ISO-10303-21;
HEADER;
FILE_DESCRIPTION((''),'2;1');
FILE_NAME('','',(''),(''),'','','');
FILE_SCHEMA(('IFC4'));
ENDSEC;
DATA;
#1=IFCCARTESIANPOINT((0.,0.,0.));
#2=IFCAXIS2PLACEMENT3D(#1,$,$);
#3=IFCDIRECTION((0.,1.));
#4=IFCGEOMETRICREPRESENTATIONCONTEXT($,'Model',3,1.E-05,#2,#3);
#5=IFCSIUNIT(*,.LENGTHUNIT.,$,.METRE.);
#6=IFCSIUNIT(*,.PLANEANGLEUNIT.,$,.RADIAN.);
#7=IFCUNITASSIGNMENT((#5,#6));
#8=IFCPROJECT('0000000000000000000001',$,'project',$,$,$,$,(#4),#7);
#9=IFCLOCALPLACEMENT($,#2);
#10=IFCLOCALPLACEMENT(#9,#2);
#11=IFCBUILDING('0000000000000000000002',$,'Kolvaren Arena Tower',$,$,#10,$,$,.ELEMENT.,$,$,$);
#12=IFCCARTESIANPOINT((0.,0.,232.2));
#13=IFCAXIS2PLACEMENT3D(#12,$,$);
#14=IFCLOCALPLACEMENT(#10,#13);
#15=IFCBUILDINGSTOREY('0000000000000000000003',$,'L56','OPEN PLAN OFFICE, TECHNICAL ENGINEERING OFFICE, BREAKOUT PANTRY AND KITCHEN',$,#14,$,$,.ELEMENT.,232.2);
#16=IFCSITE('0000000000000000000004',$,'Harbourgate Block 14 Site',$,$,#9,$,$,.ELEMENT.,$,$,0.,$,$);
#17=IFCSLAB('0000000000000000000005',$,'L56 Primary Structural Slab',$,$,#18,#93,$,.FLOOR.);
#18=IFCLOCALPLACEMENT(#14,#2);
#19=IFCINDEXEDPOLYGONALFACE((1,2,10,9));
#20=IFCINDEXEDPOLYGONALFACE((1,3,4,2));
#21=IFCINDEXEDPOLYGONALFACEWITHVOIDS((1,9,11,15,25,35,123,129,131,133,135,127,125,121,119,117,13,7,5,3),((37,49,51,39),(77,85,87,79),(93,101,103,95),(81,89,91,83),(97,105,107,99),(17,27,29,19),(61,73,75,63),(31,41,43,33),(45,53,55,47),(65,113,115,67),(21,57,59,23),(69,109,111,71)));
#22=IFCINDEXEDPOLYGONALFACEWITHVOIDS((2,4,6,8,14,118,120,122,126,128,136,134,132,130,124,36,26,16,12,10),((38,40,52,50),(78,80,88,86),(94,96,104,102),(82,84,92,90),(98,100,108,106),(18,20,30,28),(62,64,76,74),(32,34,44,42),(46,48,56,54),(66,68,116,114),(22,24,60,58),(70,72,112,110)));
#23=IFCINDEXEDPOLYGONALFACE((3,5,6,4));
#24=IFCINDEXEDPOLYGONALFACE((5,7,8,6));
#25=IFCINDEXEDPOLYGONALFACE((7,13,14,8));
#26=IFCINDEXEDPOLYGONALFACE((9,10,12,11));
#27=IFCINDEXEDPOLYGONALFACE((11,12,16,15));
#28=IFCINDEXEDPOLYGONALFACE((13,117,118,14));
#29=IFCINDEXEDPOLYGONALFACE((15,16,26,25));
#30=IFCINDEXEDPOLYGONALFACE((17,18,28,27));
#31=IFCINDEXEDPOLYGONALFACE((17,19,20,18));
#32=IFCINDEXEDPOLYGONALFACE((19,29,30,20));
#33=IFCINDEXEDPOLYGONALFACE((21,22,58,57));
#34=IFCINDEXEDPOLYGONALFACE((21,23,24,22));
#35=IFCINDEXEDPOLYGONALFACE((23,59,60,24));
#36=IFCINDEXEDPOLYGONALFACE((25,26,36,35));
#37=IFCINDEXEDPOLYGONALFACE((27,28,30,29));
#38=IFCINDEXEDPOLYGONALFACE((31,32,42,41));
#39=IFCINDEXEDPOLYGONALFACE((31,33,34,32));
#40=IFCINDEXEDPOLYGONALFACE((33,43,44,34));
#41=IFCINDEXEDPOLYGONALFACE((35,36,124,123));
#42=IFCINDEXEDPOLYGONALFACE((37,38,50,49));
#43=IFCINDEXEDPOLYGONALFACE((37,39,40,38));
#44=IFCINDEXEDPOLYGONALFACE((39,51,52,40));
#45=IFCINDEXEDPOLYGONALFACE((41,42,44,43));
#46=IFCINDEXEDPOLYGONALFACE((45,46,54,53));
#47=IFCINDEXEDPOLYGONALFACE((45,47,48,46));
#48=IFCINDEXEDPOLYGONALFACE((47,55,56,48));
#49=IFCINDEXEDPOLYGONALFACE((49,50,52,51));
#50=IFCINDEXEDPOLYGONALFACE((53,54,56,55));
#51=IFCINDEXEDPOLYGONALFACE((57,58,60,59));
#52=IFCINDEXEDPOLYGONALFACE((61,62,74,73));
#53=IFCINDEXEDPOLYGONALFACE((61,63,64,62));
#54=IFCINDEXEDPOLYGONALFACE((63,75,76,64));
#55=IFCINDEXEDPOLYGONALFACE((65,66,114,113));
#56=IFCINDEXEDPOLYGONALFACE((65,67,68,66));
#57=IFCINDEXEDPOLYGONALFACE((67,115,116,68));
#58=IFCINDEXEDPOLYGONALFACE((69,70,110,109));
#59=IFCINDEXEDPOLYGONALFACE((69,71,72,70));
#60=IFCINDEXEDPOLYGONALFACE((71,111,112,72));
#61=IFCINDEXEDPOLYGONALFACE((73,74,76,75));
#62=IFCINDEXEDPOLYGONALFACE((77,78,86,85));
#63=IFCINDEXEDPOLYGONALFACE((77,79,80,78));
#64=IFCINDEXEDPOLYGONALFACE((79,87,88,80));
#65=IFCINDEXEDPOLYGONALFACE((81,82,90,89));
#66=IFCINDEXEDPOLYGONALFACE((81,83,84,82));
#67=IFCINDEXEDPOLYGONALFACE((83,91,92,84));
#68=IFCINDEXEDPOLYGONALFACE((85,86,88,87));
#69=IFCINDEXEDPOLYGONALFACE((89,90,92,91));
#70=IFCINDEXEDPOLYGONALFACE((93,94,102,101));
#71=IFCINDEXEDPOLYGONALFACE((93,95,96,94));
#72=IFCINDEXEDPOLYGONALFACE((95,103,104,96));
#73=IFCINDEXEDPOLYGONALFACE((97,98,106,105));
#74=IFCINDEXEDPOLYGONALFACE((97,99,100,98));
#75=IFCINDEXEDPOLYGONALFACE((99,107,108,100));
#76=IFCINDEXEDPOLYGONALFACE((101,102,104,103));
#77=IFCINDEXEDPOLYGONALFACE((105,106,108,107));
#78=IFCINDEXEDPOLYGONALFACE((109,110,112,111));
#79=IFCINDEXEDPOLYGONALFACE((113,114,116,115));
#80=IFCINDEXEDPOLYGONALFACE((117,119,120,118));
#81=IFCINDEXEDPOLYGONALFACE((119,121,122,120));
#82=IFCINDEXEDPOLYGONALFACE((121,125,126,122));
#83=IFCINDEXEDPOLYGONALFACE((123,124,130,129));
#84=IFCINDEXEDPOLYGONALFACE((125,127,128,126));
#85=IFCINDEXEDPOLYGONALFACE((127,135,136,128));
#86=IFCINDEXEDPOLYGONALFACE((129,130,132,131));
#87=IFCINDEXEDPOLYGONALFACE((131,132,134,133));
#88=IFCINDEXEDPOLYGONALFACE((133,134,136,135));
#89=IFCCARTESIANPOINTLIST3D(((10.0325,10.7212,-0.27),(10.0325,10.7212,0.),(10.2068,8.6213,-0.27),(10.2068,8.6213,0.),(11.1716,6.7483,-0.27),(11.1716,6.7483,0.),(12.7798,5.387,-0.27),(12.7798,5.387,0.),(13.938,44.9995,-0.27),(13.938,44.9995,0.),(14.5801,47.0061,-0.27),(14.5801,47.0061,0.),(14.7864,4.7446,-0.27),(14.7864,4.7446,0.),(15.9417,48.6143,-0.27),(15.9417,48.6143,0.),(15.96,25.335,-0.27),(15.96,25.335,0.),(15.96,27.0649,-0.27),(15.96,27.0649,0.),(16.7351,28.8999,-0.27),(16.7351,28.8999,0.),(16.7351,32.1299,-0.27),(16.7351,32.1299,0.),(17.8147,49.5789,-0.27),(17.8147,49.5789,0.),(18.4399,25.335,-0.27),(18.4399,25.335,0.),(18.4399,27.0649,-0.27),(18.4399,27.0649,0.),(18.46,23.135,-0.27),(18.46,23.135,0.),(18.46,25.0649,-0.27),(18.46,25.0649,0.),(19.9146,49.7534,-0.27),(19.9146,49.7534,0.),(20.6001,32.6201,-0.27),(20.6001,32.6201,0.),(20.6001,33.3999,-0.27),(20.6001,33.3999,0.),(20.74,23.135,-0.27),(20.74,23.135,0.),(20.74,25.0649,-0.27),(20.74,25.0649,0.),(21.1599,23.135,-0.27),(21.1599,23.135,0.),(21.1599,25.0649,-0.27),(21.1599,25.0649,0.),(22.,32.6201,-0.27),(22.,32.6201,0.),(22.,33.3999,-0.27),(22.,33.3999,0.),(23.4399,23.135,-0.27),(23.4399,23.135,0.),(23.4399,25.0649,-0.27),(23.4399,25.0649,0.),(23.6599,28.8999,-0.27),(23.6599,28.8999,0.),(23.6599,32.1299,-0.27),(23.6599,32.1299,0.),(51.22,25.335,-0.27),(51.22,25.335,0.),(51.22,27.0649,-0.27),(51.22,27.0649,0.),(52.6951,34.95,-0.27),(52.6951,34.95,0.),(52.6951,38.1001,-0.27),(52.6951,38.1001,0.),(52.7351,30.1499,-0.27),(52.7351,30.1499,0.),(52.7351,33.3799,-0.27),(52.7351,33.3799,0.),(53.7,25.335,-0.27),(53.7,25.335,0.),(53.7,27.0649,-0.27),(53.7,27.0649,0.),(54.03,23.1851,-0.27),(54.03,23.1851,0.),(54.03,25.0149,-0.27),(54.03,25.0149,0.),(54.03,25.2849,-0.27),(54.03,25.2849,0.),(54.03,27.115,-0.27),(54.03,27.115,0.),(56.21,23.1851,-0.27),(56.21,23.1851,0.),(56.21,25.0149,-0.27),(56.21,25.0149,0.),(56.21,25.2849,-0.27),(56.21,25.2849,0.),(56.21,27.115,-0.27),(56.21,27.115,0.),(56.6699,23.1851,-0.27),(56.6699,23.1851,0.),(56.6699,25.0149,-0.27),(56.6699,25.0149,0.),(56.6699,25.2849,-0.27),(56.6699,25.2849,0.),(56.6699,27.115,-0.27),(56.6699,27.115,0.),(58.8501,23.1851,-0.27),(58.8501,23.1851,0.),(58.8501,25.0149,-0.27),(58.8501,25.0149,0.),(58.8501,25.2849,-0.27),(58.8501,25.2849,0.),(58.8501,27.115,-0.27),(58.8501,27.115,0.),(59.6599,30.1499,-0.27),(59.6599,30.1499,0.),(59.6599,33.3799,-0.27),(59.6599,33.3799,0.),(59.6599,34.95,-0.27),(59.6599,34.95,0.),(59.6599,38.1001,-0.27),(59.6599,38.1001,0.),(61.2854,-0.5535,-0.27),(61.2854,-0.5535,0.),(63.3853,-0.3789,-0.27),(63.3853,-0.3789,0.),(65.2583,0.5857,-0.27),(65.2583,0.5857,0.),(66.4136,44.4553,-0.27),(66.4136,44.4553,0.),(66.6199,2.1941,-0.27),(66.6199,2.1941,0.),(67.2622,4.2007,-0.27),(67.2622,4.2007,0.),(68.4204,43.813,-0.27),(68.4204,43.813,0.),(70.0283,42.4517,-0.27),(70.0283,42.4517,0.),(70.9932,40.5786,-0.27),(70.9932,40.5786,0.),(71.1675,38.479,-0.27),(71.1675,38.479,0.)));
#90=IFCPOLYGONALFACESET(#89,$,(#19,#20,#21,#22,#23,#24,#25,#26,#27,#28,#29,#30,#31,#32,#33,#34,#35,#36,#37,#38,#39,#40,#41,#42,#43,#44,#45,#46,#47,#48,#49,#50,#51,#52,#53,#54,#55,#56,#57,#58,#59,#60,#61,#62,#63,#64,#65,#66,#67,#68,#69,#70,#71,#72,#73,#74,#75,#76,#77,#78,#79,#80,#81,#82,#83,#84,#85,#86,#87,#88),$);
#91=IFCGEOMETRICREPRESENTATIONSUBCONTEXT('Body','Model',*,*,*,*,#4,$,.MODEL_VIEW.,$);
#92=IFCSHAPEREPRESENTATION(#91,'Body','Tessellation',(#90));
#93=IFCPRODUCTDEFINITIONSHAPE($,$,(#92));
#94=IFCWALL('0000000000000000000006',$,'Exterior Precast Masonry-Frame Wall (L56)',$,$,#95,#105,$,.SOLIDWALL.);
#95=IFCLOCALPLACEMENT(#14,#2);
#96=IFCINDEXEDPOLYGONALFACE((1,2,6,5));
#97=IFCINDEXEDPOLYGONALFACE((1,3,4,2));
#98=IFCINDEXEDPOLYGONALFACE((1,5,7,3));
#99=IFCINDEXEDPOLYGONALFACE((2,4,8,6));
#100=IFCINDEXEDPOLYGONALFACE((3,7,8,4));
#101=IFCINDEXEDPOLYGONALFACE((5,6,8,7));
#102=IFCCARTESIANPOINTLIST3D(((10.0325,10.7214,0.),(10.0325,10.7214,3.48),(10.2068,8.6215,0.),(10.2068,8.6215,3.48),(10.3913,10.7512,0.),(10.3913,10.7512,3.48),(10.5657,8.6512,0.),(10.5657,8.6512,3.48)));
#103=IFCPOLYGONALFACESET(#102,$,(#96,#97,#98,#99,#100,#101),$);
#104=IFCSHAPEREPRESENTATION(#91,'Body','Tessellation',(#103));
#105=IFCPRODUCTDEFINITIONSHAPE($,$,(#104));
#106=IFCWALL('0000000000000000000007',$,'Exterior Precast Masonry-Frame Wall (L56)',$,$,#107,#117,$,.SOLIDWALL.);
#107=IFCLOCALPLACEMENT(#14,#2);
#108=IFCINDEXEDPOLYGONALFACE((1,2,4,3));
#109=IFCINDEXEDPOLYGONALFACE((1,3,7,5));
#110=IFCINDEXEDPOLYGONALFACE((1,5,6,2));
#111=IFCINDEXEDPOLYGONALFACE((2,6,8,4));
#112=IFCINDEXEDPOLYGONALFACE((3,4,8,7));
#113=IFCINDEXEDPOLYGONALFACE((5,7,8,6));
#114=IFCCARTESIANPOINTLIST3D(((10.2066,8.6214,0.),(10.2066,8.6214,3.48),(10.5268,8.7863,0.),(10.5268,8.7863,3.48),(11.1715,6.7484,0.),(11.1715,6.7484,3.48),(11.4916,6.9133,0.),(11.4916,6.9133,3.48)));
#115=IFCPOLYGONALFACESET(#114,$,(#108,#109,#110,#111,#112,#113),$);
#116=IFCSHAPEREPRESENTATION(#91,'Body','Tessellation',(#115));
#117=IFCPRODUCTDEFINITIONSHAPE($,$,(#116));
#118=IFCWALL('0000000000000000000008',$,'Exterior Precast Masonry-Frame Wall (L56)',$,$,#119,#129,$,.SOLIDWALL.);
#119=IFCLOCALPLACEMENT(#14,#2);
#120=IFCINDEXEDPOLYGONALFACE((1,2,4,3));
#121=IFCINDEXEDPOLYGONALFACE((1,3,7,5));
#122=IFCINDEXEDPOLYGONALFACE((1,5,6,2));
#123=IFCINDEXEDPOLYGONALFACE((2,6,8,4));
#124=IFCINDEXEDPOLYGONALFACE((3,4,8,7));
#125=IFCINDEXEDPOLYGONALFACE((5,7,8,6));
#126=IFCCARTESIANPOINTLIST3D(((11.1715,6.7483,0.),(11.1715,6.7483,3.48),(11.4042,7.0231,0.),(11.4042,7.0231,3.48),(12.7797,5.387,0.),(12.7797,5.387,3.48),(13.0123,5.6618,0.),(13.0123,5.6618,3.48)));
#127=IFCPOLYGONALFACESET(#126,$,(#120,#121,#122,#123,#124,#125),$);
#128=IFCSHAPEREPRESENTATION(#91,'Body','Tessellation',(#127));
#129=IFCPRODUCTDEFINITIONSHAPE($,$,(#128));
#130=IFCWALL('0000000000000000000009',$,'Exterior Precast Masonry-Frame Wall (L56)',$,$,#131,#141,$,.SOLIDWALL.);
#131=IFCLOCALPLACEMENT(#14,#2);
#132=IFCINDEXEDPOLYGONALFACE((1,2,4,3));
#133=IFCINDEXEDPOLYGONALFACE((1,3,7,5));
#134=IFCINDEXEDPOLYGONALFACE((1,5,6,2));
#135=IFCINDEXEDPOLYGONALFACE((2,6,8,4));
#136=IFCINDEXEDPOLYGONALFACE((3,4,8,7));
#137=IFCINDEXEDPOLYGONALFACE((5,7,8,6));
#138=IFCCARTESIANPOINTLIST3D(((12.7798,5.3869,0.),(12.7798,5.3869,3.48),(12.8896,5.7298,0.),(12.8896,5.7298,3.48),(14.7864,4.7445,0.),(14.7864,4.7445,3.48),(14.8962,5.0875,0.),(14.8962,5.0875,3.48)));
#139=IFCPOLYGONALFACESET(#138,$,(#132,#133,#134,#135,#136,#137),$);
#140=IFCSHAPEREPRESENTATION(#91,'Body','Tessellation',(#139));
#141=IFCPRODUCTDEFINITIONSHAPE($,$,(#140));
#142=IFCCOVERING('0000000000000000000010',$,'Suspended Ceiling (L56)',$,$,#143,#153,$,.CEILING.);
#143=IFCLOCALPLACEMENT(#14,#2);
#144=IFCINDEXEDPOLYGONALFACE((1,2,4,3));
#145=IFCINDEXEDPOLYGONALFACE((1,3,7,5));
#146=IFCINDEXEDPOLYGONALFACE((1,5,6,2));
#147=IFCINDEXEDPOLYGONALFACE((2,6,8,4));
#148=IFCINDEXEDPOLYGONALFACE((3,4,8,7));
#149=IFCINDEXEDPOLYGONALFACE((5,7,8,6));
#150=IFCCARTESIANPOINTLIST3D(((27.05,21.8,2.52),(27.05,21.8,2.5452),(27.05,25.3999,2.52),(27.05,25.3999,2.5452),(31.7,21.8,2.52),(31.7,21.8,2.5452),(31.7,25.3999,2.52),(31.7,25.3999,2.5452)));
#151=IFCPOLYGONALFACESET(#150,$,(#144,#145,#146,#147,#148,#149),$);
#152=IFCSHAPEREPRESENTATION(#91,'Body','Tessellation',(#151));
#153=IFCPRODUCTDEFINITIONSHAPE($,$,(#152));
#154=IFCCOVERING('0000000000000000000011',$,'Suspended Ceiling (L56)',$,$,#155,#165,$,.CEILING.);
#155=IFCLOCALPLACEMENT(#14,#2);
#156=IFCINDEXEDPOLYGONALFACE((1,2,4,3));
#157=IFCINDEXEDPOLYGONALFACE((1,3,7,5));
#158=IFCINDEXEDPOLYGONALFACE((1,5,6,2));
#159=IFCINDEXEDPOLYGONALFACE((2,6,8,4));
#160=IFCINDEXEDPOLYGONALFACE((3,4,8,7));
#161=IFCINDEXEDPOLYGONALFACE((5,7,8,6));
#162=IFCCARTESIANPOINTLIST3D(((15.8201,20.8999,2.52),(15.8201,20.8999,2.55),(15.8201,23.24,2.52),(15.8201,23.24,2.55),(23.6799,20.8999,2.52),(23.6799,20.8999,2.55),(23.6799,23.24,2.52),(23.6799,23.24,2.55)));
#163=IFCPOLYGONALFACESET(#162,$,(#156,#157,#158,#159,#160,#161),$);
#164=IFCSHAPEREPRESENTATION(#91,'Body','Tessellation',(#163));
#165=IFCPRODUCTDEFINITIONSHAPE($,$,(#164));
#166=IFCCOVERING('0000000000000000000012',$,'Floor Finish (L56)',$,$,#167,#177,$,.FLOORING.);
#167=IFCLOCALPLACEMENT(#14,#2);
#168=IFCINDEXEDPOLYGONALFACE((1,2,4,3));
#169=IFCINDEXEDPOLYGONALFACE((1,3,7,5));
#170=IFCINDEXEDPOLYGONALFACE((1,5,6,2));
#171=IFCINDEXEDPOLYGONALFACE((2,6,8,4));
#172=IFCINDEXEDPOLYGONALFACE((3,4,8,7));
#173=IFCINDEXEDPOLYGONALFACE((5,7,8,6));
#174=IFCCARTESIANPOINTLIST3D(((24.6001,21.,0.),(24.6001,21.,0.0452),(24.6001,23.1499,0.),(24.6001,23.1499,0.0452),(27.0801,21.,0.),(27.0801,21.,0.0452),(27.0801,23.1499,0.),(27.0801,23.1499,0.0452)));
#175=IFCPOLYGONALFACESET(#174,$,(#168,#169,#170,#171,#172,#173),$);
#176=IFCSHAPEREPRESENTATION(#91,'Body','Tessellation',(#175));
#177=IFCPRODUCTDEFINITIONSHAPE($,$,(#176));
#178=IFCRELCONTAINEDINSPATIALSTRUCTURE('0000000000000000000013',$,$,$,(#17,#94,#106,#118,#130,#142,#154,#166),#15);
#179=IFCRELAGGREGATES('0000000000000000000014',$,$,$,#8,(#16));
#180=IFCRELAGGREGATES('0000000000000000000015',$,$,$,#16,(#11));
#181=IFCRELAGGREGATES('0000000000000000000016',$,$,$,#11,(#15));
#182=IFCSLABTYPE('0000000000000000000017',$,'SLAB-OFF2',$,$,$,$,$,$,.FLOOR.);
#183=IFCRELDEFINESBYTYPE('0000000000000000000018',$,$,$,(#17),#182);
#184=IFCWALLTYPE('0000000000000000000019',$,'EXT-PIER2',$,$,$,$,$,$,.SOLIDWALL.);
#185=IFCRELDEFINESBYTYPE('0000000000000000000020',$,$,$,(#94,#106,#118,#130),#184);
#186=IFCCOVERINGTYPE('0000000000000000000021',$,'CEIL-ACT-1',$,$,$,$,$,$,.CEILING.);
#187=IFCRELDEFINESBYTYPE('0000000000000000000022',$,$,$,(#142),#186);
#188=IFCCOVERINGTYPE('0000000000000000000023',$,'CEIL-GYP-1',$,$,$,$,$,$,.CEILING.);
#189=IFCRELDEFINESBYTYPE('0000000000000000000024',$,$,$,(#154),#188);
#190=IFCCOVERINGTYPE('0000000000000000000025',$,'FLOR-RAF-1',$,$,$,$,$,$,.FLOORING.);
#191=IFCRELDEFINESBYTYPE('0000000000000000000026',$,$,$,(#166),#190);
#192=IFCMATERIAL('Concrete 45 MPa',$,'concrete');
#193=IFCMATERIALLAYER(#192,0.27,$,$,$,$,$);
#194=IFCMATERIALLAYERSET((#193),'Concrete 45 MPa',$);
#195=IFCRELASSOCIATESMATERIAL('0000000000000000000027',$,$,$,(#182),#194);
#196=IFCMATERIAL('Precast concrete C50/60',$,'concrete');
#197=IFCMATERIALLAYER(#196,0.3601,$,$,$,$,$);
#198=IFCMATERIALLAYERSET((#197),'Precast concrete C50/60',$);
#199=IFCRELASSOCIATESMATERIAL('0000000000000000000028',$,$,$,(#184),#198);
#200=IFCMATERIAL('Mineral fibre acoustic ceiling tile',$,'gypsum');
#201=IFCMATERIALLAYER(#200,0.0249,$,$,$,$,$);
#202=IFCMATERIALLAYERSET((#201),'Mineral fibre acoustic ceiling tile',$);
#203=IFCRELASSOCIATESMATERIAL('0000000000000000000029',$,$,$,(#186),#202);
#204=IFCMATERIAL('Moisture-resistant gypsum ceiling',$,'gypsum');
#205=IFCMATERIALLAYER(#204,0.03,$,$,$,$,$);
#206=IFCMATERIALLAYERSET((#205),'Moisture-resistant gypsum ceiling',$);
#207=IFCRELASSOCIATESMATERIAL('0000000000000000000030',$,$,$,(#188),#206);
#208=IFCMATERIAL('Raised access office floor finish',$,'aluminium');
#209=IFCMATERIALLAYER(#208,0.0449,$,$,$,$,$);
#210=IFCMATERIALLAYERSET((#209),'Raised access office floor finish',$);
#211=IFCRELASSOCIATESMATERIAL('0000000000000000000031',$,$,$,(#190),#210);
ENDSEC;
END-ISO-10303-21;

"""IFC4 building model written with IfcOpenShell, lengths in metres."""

from ifc_helpers import new_model, si_unit, direction, frame, frame_2d, origin, place, context, subcontext, project, spatial, polyline, rectangle, outline, extrude, material, layer, layer_set, type_object, element, save


model = new_model("IFC4")

# Units and contexts
model_context = context("Model", 3, precision=1e-05, world=origin(), true_north=direction((0.0, 1.0)))
body_context = subcontext(model_context, "Body", "Model", "MODEL_VIEW")
ifc_project = project(units=[si_unit("LENGTHUNIT", "METRE"), si_unit("PLANEANGLEUNIT", "RADIAN")], contexts=[model_context])

# Site, building, storey
site_placement = place(None, origin())
site = spatial("IfcSite", under=ifc_project, at=site_placement, Name="Harbourgate Block 14 Site", CompositionType="ELEMENT", RefElevation=0.0)
building_placement = place(site_placement, origin())
building = spatial("IfcBuilding", under=site, at=building_placement, Name="Kolvaren Arena Tower", CompositionType="ELEMENT")
storey_placement = place(building_placement, frame((0.0, 0.0, 232.2)))
storey = spatial("IfcBuildingStorey", under=building, at=storey_placement, Name="L56", Description="OPEN PLAN OFFICE, TECHNICAL ENGINEERING OFFICE, BREAKOUT PANTRY AND KITCHEN", CompositionType="ELEMENT", Elevation=232.2)

# Shared definitions
ifc_material_1 = material(Name="Concrete 45 MPa", Category="concrete")

# Slab
ifc_layer_1 = layer(ifc_material_1, 0.27)
ifc_layer_set_1 = layer_set([ifc_layer_1], Name="Concrete 45 MPa")
slab_type_1 = type_object("IfcSlabType", Name="SLAB-OFF2", PredefinedType="FLOOR", material=ifc_layer_set_1)
slab_1_placement = place(storey_placement, frame((0.0, 0.0, -0.27)))
element("IfcSlab", 1, at=slab_1_placement, inside=storey, type_object=slab_type_1, Name="L56 Primary Structural Slab", PredefinedType="FLOOR", context=body_context, shape_type="SweptSolid", body=[
    extrude(outline(polyline([(61.2854, -0.5535), (63.3853, -0.3789), (65.2583, 0.5857), (66.6199, 2.1941), (67.2622, 4.2007), (71.1675, 38.479), (70.9932, 40.5786), (70.0283, 42.4517), (68.4204, 43.813), (66.4136, 44.4553), (19.9146, 49.7534), (17.8147, 49.5789), (15.9417, 48.6143), (14.5801, 47.0061), (13.938, 44.9995), (10.0325, 10.7212), (10.2068, 8.6213), (11.1716, 6.7483), (12.7798, 5.387), (14.7864, 4.7446), (61.2854, -0.5535)]), holes=[polyline([(20.74, 23.135), (18.46, 23.135), (18.46, 25.0649), (20.74, 25.0649), (20.74, 23.135)]), polyline([(21.1599, 23.135), (21.1599, 25.0649), (23.4399, 25.0649), (23.4399, 23.135), (21.1599, 23.135)]), polyline([(56.21, 23.1851), (54.03, 23.1851), (54.03, 25.0149), (56.21, 25.0149), (56.21, 23.1851)]), polyline([(56.6699, 23.1851), (56.6699, 25.0149), (58.8501, 25.0149), (58.8501, 23.1851), (56.6699, 23.1851)]), polyline([(54.03, 25.2849), (54.03, 27.115), (56.21, 27.115), (56.21, 25.2849), (54.03, 25.2849)]), polyline([(58.8501, 25.2849), (56.6699, 25.2849), (56.6699, 27.115), (58.8501, 27.115), (58.8501, 25.2849)]), polyline([(15.96, 25.335), (15.96, 27.0649), (18.4399, 27.0649), (18.4399, 25.335), (15.96, 25.335)]), polyline([(53.7, 25.335), (51.22, 25.335), (51.22, 27.0649), (53.7, 27.0649), (53.7, 25.335)]), polyline([(16.7351, 28.8999), (16.7351, 32.1299), (23.6599, 32.1299), (23.6599, 28.8999), (16.7351, 28.8999)]), polyline([(52.7351, 30.1499), (52.7351, 33.3799), (59.6599, 33.3799), (59.6599, 30.1499), (52.7351, 30.1499)]), polyline([(20.6001, 32.6201), (20.6001, 33.3999), (22.0, 33.3999), (22.0, 32.6201), (20.6001, 32.6201)]), polyline([(52.6951, 34.95), (52.6951, 38.1001), (59.6599, 38.1001), (59.6599, 34.95), (52.6951, 34.95)])]), origin(), (0.0, 0.0, 1.0), 0.27),
])

# Walls
ifc_material_2 = material(Name="Precast concrete C50/60", Category="concrete")
ifc_layer_2 = layer(ifc_material_2, 0.3601)
ifc_layer_set_2 = layer_set([ifc_layer_2], Name="Precast concrete C50/60")
wall_type = type_object("IfcWallType", Name="EXT-PIER2", PredefinedType="SOLIDWALL", material=ifc_layer_set_2)
wall_placement = place(storey_placement, frame((10.3862, 8.6362, 0.0), z_axis=(0.0, 0.0, 1.0), x_axis=(-0.082729, 0.996572, 0.0)))
element("IfcWall", 2, at=wall_placement, inside=storey, type_object=wall_type, Name="Exterior Precast Masonry-Frame Wall (L56)", PredefinedType="SOLIDWALL", context=body_context, shape_type="SweptSolid", body=[
    extrude(rectangle(XDim=2.1072, YDim=0.3601, at=frame_2d((1.0537, 0.0))), origin(), (0.0, 0.0, 1.0), 3.48),
])
for number, where, z_axis, x_axis, name in (
    (3, (11.3315, 6.8308, 0.0), (0.0, 0.0, 1.0), (-0.457934, 0.888986, 0.0), "Exterior Precast Masonry-Frame Wall (L56)"),
    (4, (12.896, 5.5244, 0.0), (0.0, 0.0, 1.0), (-0.76325, 0.646103, 0.0), "Exterior Precast Masonry-Frame Wall (L56)"),
    (5, (14.8413, 4.916, 0.0), (0.0, 0.0, 1.0), (-0.952393, 0.304872, 0.0), "Exterior Precast Masonry-Frame Wall (L56)"),
):
    element("IfcWall", number, at=place(storey_placement, frame(where, z_axis=z_axis, x_axis=x_axis)), inside=storey, type_object=wall_type, Name=name, PredefinedType="SOLIDWALL", context=body_context, shape_type="SweptSolid", body=[
        extrude(rectangle(XDim=2.1069, YDim=0.3601, at=frame_2d((1.0535, 0.0))), origin(), (0.0, 0.0, 1.0), 3.48),
    ])

# Coverings
ifc_material_3 = material(Name="Mineral fibre acoustic ceiling tile", Category="gypsum")
ifc_layer_3 = layer(ifc_material_3, 0.0249)
ifc_layer_set_3 = layer_set([ifc_layer_3], Name="Mineral fibre acoustic ceiling tile")
covering_type_1 = type_object("IfcCoveringType", Name="CEIL-ACT-1", PredefinedType="CEILING", material=ifc_layer_set_3)
covering_1_placement = place(storey_placement, frame((0.0, 0.0, 2.52)))
element("IfcCovering", 6, at=covering_1_placement, inside=storey, type_object=covering_type_1, Name="Suspended Ceiling (L56)", PredefinedType="CEILING", context=body_context, shape_type="SweptSolid", body=[
    extrude(outline(polyline([(27.05, 21.8), (27.05, 25.3999), (31.7, 25.3999), (31.7, 21.8), (27.05, 21.8)])), origin(), (0.0, 0.0, 1.0), 0.0251),
])
ifc_material_4 = material(Name="Moisture-resistant gypsum ceiling", Category="gypsum")
ifc_layer_4 = layer(ifc_material_4, 0.03)
ifc_layer_set_4 = layer_set([ifc_layer_4], Name="Moisture-resistant gypsum ceiling")
covering_type_2 = type_object("IfcCoveringType", Name="CEIL-GYP-1", PredefinedType="CEILING", material=ifc_layer_set_4)
covering_2_placement = place(storey_placement, frame((0.0, 0.0, 2.52)))
element("IfcCovering", 7, at=covering_2_placement, inside=storey, type_object=covering_type_2, Name="Suspended Ceiling (L56)", PredefinedType="CEILING", context=body_context, shape_type="SweptSolid", body=[
    extrude(outline(polyline([(15.8201, 20.8999), (15.8201, 23.24), (23.6799, 23.24), (23.6799, 20.8999), (15.8201, 20.8999)])), origin(), (0.0, 0.0, 1.0), 0.03),
])
ifc_material_5 = material(Name="Raised access office floor finish", Category="aluminium")
ifc_layer_5 = layer(ifc_material_5, 0.0449)
ifc_layer_set_5 = layer_set([ifc_layer_5], Name="Raised access office floor finish")
covering_type_3 = type_object("IfcCoveringType", Name="FLOR-RAF-1", PredefinedType="FLOORING", material=ifc_layer_set_5)
covering_3_placement = place(storey_placement, origin())
element("IfcCovering", 8, at=covering_3_placement, inside=storey, type_object=covering_type_3, Name="Floor Finish (L56)", PredefinedType="FLOORING", context=body_context, shape_type="SweptSolid", body=[
    extrude(outline(polyline([(24.6001, 21.0), (24.6001, 23.1499), (27.0801, 23.1499), (27.0801, 21.0), (24.6001, 21.0)])), origin(), (0.0, 0.0, 1.0), 0.0452),
])

save(model, "model.ifc")
